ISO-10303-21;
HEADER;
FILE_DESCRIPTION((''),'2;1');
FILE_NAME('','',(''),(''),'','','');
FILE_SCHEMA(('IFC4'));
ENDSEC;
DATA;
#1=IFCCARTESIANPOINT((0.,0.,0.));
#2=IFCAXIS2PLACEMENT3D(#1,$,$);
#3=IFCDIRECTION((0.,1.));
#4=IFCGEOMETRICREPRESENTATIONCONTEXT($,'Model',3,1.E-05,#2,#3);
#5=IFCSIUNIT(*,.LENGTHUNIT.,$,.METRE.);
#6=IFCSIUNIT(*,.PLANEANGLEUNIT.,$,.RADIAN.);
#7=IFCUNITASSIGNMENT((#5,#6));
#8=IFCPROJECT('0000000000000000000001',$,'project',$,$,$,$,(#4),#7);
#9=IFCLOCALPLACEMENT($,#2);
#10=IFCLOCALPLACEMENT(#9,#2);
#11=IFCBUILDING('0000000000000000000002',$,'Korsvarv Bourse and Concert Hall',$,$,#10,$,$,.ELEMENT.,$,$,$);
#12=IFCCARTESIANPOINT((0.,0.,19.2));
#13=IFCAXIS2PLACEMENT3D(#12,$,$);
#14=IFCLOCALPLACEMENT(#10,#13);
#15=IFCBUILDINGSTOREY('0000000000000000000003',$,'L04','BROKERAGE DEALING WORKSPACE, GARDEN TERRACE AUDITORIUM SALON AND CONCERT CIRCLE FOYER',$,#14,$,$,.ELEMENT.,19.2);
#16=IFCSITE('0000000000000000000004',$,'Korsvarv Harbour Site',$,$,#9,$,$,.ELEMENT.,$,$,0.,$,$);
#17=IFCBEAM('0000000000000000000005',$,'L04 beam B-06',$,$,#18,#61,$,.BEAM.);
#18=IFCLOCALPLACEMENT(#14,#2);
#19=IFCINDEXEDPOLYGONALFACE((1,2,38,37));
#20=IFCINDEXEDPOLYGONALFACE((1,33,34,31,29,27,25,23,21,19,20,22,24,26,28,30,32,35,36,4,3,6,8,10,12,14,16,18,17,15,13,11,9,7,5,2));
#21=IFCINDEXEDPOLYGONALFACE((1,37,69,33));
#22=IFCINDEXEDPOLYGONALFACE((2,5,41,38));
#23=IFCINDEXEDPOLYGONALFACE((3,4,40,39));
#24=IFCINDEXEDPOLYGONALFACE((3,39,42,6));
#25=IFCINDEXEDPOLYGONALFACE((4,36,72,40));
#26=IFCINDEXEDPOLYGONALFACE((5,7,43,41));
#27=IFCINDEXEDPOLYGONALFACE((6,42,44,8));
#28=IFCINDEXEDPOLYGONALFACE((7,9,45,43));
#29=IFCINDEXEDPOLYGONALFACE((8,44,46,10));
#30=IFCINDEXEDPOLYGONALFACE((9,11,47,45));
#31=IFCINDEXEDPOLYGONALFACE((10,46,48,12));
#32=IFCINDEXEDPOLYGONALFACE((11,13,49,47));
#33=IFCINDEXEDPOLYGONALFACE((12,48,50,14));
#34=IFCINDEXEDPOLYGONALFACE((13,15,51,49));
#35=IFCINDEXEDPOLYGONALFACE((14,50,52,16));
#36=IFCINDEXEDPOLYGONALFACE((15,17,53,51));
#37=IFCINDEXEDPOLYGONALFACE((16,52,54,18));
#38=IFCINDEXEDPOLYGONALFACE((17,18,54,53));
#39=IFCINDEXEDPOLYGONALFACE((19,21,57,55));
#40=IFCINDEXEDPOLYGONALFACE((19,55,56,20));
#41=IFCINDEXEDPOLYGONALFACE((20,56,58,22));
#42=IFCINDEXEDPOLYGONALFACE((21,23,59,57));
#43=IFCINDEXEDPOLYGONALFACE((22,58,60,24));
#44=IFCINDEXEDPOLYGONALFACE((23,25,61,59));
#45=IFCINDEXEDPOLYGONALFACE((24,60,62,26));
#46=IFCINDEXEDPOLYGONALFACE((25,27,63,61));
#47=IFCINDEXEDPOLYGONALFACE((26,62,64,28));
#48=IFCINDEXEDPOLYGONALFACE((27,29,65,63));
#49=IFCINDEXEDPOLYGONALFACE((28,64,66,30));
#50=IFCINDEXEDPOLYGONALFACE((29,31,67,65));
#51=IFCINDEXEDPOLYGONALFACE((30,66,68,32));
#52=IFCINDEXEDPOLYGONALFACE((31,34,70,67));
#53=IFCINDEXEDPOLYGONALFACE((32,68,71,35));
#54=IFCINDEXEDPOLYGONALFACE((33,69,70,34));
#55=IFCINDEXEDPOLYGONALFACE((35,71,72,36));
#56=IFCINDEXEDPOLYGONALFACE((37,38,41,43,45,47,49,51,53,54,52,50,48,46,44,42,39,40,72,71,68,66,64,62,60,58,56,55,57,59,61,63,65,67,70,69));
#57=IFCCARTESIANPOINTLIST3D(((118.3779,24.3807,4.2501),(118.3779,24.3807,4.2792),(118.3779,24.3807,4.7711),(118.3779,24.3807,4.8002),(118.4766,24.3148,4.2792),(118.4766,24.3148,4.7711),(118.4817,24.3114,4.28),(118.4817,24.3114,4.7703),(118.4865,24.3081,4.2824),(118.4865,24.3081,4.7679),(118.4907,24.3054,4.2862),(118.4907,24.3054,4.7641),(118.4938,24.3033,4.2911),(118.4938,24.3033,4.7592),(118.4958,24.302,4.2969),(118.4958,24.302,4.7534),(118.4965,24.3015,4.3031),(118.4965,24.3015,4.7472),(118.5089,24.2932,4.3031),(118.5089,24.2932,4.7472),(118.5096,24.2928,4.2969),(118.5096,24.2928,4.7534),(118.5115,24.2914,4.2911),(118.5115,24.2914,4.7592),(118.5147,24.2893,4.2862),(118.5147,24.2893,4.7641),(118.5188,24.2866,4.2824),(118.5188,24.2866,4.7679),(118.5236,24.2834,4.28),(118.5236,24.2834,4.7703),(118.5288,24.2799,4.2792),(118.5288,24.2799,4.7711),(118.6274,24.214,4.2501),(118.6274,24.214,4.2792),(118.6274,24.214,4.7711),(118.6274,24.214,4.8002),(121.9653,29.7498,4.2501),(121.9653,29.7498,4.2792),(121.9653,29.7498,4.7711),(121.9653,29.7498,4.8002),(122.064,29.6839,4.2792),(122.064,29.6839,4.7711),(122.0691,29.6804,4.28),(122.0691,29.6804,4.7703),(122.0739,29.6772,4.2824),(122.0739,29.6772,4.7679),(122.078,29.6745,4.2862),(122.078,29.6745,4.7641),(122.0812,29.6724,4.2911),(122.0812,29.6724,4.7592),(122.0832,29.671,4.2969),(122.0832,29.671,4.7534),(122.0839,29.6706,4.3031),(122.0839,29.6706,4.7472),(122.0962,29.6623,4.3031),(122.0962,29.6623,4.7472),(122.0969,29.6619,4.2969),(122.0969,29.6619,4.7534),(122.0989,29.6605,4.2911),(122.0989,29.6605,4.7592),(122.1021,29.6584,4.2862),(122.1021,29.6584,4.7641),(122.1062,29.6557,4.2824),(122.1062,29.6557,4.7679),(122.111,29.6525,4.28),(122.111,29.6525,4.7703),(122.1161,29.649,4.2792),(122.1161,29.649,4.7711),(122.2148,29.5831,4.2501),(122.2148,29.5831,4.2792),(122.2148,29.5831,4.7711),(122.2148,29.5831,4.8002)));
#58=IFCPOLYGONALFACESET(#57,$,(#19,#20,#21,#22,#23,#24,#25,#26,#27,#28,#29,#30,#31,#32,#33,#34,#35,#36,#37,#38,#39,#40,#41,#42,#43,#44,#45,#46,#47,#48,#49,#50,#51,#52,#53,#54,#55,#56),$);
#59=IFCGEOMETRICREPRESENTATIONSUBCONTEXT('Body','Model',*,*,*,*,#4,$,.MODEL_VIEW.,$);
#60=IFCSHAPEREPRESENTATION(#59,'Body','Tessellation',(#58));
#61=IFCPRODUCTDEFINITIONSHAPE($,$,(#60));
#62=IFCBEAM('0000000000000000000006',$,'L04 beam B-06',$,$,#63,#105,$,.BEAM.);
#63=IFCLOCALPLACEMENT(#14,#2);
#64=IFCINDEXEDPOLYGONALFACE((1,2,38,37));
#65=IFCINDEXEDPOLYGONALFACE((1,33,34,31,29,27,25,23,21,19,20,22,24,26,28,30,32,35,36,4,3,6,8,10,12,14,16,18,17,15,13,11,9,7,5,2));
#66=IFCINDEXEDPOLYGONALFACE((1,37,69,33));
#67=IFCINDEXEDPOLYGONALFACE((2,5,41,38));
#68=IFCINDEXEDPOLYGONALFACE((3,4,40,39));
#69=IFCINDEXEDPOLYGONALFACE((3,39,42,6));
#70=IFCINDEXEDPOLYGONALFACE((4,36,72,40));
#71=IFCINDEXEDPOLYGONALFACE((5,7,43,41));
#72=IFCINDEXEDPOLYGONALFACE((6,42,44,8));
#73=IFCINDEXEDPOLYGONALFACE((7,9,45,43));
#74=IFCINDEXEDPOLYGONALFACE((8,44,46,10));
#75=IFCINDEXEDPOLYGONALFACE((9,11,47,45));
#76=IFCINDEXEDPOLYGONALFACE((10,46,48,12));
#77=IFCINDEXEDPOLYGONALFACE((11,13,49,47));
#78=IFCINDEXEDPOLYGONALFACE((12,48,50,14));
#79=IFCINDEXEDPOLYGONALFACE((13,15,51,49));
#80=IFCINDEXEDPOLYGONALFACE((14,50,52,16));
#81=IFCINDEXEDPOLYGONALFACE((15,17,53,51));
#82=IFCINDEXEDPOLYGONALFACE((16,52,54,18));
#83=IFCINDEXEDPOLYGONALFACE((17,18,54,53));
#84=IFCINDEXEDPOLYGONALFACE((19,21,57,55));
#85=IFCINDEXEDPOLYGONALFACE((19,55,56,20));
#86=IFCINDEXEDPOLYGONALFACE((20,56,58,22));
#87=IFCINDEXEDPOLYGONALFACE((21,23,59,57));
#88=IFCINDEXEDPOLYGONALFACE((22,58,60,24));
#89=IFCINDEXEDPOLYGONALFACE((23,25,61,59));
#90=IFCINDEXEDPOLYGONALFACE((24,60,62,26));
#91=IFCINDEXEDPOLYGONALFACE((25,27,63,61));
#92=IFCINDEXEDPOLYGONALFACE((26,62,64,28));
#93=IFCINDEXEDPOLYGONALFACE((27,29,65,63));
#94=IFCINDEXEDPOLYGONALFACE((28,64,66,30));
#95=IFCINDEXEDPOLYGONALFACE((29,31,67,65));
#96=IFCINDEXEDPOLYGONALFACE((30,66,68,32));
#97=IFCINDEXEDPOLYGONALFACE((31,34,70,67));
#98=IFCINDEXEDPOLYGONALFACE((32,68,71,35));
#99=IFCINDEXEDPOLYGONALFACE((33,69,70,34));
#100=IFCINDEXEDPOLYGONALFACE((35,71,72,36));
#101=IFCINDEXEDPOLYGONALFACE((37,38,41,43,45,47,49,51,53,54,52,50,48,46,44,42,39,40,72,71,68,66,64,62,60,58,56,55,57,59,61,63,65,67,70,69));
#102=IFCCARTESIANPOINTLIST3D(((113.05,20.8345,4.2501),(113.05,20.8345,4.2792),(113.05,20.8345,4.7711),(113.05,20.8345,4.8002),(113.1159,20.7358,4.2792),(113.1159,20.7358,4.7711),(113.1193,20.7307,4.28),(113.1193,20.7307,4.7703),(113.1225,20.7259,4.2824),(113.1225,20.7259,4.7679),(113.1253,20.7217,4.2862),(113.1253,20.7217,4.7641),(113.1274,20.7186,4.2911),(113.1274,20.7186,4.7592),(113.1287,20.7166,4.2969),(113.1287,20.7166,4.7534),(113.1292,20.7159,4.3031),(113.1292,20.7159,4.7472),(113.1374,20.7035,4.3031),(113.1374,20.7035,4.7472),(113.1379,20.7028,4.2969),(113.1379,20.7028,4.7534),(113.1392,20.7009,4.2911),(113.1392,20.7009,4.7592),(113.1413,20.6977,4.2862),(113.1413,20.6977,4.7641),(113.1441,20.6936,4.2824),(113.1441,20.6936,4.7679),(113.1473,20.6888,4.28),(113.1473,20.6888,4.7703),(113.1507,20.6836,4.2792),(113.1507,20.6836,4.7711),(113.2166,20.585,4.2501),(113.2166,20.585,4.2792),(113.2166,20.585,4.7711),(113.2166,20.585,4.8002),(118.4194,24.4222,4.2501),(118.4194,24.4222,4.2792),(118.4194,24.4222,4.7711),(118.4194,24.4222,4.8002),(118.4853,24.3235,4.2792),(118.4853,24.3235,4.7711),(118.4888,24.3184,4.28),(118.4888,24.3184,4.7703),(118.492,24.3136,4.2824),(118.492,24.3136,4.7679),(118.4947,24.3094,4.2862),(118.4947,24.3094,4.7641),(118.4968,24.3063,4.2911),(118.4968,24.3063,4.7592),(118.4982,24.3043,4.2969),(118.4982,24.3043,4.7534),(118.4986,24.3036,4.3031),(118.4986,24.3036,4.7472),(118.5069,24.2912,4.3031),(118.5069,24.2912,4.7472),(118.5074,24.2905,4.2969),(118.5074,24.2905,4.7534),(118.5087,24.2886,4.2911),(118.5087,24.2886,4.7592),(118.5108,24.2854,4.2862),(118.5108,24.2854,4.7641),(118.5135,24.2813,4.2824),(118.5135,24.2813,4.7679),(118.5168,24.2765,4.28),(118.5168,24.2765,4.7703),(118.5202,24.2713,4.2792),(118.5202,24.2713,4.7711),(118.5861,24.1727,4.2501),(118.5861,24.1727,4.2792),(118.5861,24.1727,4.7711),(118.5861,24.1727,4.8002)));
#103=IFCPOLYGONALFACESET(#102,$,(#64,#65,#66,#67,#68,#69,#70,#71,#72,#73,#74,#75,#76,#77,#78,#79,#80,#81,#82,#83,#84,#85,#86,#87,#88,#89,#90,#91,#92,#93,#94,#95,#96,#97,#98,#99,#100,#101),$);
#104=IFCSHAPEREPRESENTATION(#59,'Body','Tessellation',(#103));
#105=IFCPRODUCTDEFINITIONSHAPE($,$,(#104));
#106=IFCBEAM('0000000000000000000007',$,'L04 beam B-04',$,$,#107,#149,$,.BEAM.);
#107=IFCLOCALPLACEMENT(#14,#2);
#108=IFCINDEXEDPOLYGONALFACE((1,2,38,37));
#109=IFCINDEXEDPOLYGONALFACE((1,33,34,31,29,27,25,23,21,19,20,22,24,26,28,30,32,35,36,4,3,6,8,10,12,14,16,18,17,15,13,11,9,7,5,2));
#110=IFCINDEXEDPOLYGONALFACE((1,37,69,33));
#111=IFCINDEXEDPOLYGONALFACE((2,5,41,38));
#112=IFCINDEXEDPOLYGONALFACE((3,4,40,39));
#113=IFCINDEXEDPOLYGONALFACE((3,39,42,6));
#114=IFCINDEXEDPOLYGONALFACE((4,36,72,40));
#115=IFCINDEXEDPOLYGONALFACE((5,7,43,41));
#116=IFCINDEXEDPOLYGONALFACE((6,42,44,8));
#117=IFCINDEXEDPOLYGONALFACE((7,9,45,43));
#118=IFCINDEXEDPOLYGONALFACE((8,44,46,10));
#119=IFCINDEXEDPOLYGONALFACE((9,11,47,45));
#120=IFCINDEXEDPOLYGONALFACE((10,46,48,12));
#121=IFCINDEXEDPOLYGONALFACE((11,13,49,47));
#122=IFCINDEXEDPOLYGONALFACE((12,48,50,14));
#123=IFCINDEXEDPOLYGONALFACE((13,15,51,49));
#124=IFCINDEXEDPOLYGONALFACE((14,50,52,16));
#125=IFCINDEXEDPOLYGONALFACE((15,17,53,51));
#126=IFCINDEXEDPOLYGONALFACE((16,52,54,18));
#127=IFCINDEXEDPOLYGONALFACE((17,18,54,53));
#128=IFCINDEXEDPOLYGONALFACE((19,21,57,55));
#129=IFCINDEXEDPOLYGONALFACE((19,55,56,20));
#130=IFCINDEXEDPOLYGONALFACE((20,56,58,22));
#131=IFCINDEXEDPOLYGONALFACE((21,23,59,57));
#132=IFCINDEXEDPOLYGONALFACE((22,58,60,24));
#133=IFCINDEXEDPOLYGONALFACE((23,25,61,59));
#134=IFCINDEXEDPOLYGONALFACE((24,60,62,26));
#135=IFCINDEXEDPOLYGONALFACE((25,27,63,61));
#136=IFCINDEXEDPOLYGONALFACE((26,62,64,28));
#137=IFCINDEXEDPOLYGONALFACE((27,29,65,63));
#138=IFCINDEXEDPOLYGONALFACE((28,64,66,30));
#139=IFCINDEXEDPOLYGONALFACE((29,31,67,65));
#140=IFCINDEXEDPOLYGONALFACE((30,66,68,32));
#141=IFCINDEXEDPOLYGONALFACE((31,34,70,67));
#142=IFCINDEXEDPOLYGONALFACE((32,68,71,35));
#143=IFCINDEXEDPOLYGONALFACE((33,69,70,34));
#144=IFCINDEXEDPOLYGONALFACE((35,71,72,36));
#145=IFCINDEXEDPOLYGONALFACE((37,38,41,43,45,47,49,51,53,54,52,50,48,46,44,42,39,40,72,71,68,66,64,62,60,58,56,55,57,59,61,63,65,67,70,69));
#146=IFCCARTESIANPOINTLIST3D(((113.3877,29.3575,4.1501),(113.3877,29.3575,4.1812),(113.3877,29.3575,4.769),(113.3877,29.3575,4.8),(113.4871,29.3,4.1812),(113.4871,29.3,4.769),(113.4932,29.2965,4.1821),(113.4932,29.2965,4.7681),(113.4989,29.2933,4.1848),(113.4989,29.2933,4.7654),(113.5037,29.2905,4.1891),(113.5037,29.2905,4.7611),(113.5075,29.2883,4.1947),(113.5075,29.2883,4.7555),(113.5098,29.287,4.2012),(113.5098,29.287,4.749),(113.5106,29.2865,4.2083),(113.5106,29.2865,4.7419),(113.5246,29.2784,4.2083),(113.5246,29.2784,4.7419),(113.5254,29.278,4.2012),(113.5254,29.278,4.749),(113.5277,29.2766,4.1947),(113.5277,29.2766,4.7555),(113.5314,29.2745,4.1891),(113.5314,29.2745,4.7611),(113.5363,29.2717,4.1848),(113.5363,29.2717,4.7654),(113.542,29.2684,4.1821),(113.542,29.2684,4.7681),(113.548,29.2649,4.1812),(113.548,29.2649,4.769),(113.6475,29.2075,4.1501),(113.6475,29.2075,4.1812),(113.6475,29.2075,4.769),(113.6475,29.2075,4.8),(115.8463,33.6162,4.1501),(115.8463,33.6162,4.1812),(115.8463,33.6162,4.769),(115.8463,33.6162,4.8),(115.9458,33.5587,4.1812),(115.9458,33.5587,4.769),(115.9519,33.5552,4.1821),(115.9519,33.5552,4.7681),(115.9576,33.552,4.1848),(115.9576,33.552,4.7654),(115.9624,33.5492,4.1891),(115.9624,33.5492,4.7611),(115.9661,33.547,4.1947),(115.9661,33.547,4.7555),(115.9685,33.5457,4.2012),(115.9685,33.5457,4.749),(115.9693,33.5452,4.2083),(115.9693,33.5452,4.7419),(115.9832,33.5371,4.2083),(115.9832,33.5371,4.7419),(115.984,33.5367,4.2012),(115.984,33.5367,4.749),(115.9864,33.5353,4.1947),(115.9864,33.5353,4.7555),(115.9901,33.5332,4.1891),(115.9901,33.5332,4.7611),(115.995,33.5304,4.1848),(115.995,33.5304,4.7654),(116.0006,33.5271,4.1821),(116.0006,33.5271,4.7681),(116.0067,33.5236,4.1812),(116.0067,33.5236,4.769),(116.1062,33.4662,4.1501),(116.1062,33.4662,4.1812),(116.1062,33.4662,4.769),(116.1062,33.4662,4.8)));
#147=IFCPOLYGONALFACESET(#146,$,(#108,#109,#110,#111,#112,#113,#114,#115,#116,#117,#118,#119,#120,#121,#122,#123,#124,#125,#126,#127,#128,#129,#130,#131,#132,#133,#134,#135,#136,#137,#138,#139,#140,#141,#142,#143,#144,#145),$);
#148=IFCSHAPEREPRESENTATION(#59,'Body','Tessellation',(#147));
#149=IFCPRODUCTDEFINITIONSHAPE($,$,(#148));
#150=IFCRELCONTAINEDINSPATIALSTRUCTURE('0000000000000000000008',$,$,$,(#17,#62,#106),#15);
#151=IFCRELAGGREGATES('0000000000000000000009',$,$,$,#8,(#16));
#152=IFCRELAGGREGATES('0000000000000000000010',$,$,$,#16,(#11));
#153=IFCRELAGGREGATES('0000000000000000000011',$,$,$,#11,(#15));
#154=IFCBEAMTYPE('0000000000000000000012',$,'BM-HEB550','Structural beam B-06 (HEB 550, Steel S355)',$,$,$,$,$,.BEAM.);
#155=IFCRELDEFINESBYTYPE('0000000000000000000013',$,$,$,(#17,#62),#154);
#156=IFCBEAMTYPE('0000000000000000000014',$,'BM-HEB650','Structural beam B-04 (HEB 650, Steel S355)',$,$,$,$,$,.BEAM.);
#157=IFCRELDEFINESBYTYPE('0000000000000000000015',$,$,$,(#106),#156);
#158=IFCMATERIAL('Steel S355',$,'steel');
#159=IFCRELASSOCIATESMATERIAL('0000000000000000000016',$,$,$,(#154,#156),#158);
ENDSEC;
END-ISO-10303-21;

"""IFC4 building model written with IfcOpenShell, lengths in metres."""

from ifc_helpers import new_model, si_unit, direction, frame, origin, origin_2d, place, context, subcontext, project, spatial, i_section, extrude, source, transform, mapped, material, material_profile, profile_set, type_object, element, save


model = new_model("IFC4")

# Units and contexts
model_context = context("Model", 3, precision=1e-05, world=origin(), true_north=direction((0.0, 1.0)))
body_context = subcontext(model_context, "Body", "Model", "MODEL_VIEW")
ifc_project = project(units=[si_unit("LENGTHUNIT", "METRE"), si_unit("PLANEANGLEUNIT", "RADIAN")], contexts=[model_context])

# Site, building, storey
site_placement = place(None, origin())
site = spatial("IfcSite", under=ifc_project, at=site_placement, Name="Korsvarv Harbour Site", CompositionType="ELEMENT", RefElevation=0.0)
building_placement = place(site_placement, origin())
building = spatial("IfcBuilding", under=site, at=building_placement, Name="Korsvarv Bourse and Concert Hall", CompositionType="ELEMENT")
storey_placement = place(building_placement, frame((0.0, 0.0, 19.2)))
storey = spatial("IfcBuildingStorey", under=building, at=storey_placement, Name="L04", Description="BROKERAGE DEALING WORKSPACE, GARDEN TERRACE AUDITORIUM SALON AND CONCERT CIRCLE FOYER", CompositionType="ELEMENT", Elevation=19.2)

# Beams
ifc_material_1 = material(Name="Steel S355", Category="steel")
ifc_material_profile_1 = material_profile(ifc_material_1, i_section(OverallWidth=0.3, OverallDepth=0.55, WebThickness=0.0149, FlangeThickness=0.0291, FilletRadius=0.0239, at=origin_2d()), Name="HEB 550")
ifc_profile_set_1 = profile_set([ifc_material_profile_1], Name="Steel S355")
beam_type_1 = type_object("IfcBeamType", Name="BM-HEB550", Description="Structural beam B-06 (HEB 550, Steel S355)", PredefinedType="BEAM", material=ifc_profile_set_1)
shared_shape_1 = source(origin(), body_context, "Body", "SweptSolid", [
    extrude(i_section(OverallWidth=0.3, OverallDepth=0.55, WebThickness=0.0149, FlangeThickness=0.0291, FilletRadius=0.0239, at=origin_2d()), origin(), (0.0, 0.0, 1.0), 6.4573),
])
beam_1_placement = place(storey_placement, frame((118.5027, 24.2974, 4.5251), z_axis=(0.555555, 0.83148, 0.0), x_axis=(-0.83148, 0.555555, 0.0)))
element("IfcBeam", 1, at=beam_1_placement, inside=storey, type_object=beam_type_1, Name="L04 beam B-06", PredefinedType="BEAM", context=body_context, shape_type="MappedRepresentation", body=[
    mapped(shared_shape_1, transform((0.0, 0.0, 0.0), scale=1.0)),
])
shared_shape_2 = source(origin(), body_context, "Body", "SweptSolid", [
    extrude(i_section(OverallWidth=0.3, OverallDepth=0.55, WebThickness=0.0149, FlangeThickness=0.0291, FilletRadius=0.0239, at=origin_2d()), origin(), (0.0, 0.0, 1.0), 6.4578),
])
beam_2_placement = place(storey_placement, frame((113.1333, 20.7097, 4.5251), z_axis=(0.831474, 0.555564, 0.0), x_axis=(-0.555564, 0.831474, 0.0)))
element("IfcBeam", 2, at=beam_2_placement, inside=storey, type_object=beam_type_1, Name="L04 beam B-06", PredefinedType="BEAM", context=body_context, shape_type="MappedRepresentation", body=[
    mapped(shared_shape_2, transform((0.0, 0.0, 0.0), scale=1.0)),
])
ifc_material_profile_2 = material_profile(ifc_material_1, i_section(OverallWidth=0.3, OverallDepth=0.6499, WebThickness=0.0161, FlangeThickness=0.031, FilletRadius=0.0271, at=origin_2d()), Name="HEB 650")
ifc_profile_set_2 = profile_set([ifc_material_profile_2], Name="Steel S355")
beam_type_2 = type_object("IfcBeamType", Name="BM-HEB650", Description="Structural beam B-04 (HEB 650, Steel S355)", PredefinedType="BEAM", material=ifc_profile_set_2)
shared_shape_3 = source(origin(), body_context, "Body", "SweptSolid", [
    extrude(i_section(OverallWidth=0.3, OverallDepth=0.6499, WebThickness=0.0161, FlangeThickness=0.031, FilletRadius=0.0271, at=origin_2d()), origin(), (0.0, 0.0, 1.0), 4.9175),
])
beam_3_placement = place(storey_placement, frame((113.5176, 29.2825, 4.4751), z_axis=(0.499989, 0.866032, 0.0), x_axis=(-0.866032, 0.499989, 0.0)))
element("IfcBeam", 3, at=beam_3_placement, inside=storey, type_object=beam_type_2, Name="L04 beam B-04", PredefinedType="BEAM", context=body_context, shape_type="MappedRepresentation", body=[
    mapped(shared_shape_3, transform((0.0, 0.0, 0.0), scale=1.0)),
])

save(model, "model.ifc")
